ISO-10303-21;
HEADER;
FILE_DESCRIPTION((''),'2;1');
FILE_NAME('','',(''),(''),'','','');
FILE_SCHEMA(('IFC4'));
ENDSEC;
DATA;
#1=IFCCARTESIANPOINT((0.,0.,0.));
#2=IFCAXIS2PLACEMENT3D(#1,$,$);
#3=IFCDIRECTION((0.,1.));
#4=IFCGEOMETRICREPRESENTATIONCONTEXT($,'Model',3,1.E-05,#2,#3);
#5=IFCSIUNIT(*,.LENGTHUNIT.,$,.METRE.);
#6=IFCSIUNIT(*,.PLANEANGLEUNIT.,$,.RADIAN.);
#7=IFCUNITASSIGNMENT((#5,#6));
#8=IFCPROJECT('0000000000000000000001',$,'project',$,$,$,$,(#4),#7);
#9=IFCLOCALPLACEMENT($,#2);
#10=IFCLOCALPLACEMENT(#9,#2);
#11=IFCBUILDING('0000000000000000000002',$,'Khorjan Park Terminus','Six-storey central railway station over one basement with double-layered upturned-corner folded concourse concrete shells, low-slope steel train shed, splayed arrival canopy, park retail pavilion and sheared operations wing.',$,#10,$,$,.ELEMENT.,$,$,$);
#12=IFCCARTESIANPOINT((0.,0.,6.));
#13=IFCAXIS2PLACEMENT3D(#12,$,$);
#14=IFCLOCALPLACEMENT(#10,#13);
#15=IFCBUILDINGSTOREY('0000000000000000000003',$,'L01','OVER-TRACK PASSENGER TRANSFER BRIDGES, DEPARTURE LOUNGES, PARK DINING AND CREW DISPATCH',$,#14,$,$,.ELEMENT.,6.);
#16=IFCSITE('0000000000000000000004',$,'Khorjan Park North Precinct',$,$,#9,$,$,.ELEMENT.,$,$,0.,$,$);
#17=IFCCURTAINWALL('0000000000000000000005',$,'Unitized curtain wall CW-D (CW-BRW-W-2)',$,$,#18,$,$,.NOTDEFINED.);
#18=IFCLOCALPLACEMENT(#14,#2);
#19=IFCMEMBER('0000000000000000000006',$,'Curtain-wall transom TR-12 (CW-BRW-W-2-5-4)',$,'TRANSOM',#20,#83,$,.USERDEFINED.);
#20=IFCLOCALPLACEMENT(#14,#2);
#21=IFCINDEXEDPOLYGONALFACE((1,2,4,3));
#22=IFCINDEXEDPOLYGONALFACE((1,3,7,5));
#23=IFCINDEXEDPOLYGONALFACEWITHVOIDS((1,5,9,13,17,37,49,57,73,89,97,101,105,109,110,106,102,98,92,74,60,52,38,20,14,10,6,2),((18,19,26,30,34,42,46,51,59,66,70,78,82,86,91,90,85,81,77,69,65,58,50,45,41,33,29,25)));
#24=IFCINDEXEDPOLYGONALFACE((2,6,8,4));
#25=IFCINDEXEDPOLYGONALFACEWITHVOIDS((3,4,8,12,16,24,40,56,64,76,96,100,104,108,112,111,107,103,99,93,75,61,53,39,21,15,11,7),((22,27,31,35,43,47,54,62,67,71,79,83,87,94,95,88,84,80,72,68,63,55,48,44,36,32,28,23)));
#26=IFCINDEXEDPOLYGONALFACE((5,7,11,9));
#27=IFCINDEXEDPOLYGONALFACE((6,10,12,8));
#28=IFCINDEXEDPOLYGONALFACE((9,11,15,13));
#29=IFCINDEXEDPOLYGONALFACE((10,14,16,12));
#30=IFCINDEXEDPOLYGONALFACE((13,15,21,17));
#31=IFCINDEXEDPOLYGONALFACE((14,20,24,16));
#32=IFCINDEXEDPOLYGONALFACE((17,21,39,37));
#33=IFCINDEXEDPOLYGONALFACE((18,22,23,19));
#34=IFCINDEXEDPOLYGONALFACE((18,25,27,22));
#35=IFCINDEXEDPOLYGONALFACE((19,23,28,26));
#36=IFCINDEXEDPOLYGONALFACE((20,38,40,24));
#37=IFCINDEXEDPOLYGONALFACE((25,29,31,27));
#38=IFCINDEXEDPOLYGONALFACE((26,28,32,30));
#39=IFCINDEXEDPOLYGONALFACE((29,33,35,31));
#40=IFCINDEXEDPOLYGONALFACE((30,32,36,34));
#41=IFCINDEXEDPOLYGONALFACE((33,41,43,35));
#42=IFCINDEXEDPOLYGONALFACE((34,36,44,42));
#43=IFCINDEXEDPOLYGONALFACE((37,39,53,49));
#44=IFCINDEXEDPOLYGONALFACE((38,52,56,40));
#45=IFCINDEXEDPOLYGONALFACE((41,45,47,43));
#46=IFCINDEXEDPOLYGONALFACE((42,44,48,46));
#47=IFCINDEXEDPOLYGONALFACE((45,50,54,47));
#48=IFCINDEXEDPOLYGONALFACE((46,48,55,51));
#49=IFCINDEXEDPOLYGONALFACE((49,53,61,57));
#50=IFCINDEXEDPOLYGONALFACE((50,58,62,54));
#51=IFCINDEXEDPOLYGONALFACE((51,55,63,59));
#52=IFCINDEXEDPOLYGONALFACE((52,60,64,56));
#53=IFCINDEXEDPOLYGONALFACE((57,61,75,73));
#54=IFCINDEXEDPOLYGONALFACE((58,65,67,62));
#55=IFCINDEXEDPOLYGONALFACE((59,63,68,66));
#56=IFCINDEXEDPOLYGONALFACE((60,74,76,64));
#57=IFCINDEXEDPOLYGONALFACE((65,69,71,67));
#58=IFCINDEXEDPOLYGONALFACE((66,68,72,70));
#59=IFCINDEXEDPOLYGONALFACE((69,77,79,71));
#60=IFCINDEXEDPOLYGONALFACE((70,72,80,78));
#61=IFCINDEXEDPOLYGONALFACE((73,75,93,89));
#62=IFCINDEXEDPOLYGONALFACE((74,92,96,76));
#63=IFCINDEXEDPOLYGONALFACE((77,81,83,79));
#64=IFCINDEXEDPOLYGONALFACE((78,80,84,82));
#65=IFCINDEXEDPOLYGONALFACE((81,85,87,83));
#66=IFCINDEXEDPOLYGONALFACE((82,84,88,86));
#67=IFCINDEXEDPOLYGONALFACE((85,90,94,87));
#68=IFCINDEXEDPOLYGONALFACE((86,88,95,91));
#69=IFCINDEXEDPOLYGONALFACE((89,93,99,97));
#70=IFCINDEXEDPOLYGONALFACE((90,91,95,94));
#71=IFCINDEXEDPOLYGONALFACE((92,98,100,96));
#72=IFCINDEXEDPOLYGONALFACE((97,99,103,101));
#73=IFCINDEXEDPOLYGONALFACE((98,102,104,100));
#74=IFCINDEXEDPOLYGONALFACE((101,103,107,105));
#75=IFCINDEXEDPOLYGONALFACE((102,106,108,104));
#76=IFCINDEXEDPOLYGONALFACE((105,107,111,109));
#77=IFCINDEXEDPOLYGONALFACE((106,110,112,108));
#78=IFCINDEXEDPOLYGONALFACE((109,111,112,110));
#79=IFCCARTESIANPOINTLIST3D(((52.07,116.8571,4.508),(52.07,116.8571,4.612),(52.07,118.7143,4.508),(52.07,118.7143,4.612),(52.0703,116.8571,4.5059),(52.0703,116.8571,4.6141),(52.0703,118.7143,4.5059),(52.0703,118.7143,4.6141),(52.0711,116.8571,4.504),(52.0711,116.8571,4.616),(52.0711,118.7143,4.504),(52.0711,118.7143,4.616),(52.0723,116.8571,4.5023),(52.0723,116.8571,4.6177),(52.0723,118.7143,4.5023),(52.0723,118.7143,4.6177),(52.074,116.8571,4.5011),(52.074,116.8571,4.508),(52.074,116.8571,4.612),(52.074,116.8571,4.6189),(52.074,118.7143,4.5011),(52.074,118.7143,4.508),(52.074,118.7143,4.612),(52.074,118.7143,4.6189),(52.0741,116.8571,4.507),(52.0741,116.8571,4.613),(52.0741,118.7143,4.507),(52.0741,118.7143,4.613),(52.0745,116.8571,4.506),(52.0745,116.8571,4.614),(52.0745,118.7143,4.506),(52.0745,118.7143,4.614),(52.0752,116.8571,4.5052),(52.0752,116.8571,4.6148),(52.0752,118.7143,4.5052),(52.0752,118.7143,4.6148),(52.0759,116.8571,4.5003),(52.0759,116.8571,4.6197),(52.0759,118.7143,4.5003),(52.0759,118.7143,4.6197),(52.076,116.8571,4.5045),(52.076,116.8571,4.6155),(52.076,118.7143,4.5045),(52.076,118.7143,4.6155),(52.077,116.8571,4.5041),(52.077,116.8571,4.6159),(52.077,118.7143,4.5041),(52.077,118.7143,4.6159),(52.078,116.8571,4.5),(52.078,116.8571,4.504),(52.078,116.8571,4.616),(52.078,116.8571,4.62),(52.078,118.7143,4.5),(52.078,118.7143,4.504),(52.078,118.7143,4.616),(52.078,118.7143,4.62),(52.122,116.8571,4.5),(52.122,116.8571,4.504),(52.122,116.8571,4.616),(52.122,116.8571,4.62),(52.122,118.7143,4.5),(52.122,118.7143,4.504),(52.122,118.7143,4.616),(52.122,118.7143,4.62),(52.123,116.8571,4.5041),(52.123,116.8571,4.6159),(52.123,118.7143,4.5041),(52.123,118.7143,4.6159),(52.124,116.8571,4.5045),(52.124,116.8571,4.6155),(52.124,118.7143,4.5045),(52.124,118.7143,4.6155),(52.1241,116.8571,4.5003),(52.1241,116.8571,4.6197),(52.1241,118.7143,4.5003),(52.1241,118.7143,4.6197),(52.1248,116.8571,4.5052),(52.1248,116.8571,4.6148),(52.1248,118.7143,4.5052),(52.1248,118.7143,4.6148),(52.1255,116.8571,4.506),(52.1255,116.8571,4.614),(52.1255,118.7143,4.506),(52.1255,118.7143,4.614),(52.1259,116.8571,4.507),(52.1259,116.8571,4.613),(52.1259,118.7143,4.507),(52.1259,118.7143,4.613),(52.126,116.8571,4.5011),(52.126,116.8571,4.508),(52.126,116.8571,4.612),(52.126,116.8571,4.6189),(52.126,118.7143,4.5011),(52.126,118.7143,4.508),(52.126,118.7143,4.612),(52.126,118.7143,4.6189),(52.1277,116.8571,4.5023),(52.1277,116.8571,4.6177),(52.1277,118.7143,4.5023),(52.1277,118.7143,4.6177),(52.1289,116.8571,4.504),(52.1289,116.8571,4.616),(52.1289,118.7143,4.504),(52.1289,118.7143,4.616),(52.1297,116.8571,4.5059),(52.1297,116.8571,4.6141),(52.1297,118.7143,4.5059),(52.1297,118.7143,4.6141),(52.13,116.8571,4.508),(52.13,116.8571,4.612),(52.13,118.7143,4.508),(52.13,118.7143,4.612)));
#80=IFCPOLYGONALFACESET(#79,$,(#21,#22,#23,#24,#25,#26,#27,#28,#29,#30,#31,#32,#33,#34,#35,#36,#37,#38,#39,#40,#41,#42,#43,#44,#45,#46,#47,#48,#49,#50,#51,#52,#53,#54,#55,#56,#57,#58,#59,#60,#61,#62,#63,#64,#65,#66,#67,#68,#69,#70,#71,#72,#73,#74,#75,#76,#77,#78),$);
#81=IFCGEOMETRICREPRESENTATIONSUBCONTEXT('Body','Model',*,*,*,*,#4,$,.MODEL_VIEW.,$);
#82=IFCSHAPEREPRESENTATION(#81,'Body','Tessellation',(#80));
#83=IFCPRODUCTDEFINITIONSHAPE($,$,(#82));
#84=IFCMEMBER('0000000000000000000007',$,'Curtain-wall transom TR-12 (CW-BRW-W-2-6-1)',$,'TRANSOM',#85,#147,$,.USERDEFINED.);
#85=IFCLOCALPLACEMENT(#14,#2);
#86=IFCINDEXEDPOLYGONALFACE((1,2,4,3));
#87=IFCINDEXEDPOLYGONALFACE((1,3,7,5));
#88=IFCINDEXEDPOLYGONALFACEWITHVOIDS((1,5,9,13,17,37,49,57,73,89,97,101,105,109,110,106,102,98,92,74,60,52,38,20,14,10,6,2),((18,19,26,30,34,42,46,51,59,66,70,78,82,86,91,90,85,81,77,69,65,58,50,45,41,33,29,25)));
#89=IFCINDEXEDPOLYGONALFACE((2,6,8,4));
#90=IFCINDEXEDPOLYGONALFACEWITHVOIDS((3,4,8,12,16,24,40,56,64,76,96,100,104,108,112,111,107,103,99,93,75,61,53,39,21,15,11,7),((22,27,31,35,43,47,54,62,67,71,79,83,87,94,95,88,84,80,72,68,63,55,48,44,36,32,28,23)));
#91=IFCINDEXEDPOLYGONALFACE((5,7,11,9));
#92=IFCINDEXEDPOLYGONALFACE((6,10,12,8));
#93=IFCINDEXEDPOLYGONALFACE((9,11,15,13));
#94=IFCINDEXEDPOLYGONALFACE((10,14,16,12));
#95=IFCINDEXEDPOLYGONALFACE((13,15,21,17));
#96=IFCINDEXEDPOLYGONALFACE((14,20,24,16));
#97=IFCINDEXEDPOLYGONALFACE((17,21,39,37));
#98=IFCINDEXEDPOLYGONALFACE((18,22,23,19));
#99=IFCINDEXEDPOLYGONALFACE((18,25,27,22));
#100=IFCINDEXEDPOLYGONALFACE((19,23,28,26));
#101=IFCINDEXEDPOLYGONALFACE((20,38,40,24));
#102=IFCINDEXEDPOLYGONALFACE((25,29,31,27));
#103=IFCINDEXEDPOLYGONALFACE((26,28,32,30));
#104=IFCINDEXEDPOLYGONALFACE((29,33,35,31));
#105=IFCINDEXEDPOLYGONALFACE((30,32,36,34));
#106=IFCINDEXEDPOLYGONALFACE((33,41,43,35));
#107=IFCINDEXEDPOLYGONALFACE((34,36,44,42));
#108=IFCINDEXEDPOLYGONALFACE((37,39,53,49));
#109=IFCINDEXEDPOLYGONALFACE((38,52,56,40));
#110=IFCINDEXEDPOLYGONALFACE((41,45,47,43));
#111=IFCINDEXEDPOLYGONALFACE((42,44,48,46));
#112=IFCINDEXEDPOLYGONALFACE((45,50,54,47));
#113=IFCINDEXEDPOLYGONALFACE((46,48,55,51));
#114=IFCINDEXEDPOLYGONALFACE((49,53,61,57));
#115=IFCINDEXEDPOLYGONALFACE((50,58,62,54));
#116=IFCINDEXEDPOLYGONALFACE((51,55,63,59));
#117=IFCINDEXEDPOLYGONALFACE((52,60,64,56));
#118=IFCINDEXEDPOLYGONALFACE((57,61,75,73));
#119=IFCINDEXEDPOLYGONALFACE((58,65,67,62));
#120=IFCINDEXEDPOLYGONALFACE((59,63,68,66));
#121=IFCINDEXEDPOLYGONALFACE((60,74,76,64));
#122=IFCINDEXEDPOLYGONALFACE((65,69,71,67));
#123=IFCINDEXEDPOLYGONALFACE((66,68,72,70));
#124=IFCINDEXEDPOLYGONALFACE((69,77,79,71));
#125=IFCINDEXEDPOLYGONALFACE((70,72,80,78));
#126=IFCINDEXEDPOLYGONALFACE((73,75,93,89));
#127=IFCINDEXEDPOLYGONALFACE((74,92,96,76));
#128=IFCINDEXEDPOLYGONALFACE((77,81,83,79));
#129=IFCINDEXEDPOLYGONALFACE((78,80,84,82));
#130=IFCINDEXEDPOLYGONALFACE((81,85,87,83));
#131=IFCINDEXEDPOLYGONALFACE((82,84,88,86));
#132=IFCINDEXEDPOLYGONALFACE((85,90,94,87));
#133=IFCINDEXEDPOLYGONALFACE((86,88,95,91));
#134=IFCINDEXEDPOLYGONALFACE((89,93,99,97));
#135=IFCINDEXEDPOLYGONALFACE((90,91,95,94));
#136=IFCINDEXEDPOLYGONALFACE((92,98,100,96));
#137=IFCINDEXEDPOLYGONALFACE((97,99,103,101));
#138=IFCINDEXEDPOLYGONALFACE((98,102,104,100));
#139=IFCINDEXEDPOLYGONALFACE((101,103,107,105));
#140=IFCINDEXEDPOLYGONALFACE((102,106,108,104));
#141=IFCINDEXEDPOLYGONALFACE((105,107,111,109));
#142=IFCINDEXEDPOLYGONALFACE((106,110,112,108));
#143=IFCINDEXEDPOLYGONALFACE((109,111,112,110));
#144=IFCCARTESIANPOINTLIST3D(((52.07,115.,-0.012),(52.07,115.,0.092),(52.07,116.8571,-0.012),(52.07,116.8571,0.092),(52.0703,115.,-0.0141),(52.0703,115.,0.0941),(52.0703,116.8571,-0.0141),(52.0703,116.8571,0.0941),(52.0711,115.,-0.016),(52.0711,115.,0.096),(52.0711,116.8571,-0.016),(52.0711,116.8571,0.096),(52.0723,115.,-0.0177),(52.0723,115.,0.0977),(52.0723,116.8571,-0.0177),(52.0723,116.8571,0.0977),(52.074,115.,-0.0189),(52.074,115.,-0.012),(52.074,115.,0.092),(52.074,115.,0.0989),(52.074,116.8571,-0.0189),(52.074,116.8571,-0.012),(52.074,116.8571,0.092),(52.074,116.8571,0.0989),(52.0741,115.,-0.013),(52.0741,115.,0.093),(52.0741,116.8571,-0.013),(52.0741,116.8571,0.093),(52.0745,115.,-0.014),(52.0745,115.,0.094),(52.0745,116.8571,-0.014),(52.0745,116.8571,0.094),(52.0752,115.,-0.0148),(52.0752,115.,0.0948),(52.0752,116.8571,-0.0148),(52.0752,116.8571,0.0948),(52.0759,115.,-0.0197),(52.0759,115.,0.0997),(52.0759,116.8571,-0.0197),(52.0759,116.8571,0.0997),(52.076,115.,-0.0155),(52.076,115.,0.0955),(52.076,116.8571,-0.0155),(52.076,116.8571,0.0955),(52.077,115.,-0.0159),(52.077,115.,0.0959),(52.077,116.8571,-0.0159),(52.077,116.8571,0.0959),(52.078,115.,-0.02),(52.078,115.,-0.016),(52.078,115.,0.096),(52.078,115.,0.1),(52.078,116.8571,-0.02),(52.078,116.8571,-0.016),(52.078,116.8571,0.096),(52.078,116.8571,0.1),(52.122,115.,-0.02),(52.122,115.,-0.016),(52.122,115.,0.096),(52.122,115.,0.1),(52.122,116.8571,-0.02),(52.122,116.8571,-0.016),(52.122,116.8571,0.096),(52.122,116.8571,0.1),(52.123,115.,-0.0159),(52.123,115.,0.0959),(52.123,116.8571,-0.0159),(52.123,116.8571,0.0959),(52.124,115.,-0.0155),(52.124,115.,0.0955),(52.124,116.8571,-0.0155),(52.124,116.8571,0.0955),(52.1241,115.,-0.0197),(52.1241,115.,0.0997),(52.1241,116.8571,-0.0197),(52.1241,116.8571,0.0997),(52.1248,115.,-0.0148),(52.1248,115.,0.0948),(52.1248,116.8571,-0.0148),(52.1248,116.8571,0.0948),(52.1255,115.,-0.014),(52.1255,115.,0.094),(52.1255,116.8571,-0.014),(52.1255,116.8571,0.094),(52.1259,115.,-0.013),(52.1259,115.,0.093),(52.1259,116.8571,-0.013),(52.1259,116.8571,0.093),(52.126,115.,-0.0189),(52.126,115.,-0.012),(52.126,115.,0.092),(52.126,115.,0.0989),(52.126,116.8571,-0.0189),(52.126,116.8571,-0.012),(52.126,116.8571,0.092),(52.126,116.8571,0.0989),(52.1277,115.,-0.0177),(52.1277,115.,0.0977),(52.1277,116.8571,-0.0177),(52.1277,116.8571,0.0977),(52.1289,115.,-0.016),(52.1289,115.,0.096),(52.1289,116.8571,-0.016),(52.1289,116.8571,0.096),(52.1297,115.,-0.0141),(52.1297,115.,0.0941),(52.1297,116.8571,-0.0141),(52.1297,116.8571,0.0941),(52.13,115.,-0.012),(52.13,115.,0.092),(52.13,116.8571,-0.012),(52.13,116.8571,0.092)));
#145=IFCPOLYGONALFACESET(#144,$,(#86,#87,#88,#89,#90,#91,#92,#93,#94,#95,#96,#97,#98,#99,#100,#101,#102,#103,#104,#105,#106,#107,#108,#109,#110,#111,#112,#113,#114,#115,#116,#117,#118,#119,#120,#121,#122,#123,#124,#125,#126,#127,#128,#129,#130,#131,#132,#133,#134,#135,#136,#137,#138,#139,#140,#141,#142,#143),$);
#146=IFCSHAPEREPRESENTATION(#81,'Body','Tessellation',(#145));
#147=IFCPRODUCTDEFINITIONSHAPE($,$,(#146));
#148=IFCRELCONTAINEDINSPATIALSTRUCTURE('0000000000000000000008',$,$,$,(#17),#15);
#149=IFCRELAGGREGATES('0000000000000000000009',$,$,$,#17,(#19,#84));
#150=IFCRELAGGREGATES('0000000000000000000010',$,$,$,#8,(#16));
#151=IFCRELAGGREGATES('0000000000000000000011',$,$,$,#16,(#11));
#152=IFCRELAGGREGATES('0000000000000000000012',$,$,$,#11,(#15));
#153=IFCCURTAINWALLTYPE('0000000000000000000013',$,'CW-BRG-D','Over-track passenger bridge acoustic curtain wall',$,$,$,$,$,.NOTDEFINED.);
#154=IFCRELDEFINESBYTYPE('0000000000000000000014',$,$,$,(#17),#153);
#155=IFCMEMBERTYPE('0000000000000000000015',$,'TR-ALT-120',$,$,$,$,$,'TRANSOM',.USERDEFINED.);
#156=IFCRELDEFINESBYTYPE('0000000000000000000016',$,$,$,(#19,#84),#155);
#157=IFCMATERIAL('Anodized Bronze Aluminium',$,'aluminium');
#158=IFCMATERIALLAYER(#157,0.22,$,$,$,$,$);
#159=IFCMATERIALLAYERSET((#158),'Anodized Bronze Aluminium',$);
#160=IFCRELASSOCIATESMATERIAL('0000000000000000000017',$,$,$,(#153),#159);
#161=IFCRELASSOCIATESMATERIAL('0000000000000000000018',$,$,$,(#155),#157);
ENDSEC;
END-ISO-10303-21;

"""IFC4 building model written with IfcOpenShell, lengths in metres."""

from ifc_helpers import new_model, si_unit, direction, frame, origin, origin_2d, place, context, subcontext, project, spatial, hollow_rectangle, extrude, material, layer, layer_set, material_profile, profile_set, type_object, element, aggregate, save


model = new_model("IFC4")

# Units and contexts
model_context = context("Model", 3, precision=1e-05, world=origin(), true_north=direction((0.0, 1.0)))
body_context = subcontext(model_context, "Body", "Model", "MODEL_VIEW")
ifc_project = project(units=[si_unit("LENGTHUNIT", "METRE"), si_unit("PLANEANGLEUNIT", "RADIAN")], contexts=[model_context])

# Site, building, storey
site_placement = place(None, origin())
site = spatial("IfcSite", under=ifc_project, at=site_placement, Name="Khorjan Park North Precinct", CompositionType="ELEMENT", RefElevation=0.0)
building_placement = place(site_placement, origin())
building = spatial("IfcBuilding", under=site, at=building_placement, Name="Khorjan Park Terminus", Description="Six-storey central railway station over one basement with double-layered upturned-corner folded concourse concrete shells, low-slope steel train shed, splayed arrival canopy, park retail pavilion and sheared operations wing.", CompositionType="ELEMENT")
storey_placement = place(building_placement, frame((0.0, 0.0, 6.0)))
storey = spatial("IfcBuildingStorey", under=building, at=storey_placement, Name="L01", Description="OVER-TRACK PASSENGER TRANSFER BRIDGES, DEPARTURE LOUNGES, PARK DINING AND CREW DISPATCH", CompositionType="ELEMENT", Elevation=6.0)

# Curtain wall, members
ifc_material_1 = material(Name="Anodized Bronze Aluminium", Category="aluminium")
ifc_layer_1 = layer(ifc_material_1, 0.22)
ifc_layer_set_1 = layer_set([ifc_layer_1], Name="Anodized Bronze Aluminium")
curtain_wall_type = type_object("IfcCurtainWallType", Name="CW-BRG-D", Description="Over-track passenger bridge acoustic curtain wall", PredefinedType="NOTDEFINED", material=ifc_layer_set_1)
curtain_wall_placement = place(storey_placement, origin())
curtain_wall = element("IfcCurtainWall", 1, at=curtain_wall_placement, inside=storey, type_object=curtain_wall_type, Name="Unitized curtain wall CW-D (CW-BRW-W-2)", PredefinedType="NOTDEFINED")
ifc_material_profile_1 = material_profile(ifc_material_1, hollow_rectangle(XDim=0.06, YDim=0.12, WallThickness=0.004, InnerFilletRadius=0.004, OuterFilletRadius=0.008, at=origin_2d()), Name="ALT 60x120x4")
ifc_profile_set_1 = profile_set([ifc_material_profile_1], Name="Anodized Bronze Aluminium")
member_type_1 = type_object("IfcMemberType", Name="TR-ALT-120", ElementType="TRANSOM", PredefinedType="USERDEFINED", material=ifc_profile_set_1)
member_1_placement = place(storey_placement, frame((52.1, 118.7143, 4.56), z_axis=(0.0, -1.0, 0.0), x_axis=(1.0, 0.0, 0.0)))
member_1 = element("IfcMember", 2, at=member_1_placement, type_object=member_type_1, Name="Curtain-wall transom TR-12 (CW-BRW-W-2-5-4)", ObjectType="TRANSOM", PredefinedType="USERDEFINED", context=body_context, shape_type="SweptSolid", body=[
    extrude(hollow_rectangle(XDim=0.06, YDim=0.12, WallThickness=0.004, InnerFilletRadius=0.004, OuterFilletRadius=0.008, at=origin_2d()), origin(), (0.0, 0.0, 1.0), 1.8572),
])
member_2_placement = place(storey_placement, frame((52.1, 116.8571, 0.04), z_axis=(0.0, -1.0, 0.0), x_axis=(1.0, 0.0, 0.0)))
member_2 = element("IfcMember", 3, at=member_2_placement, type_object=member_type_1, Name="Curtain-wall transom TR-12 (CW-BRW-W-2-6-1)", ObjectType="TRANSOM", PredefinedType="USERDEFINED", context=body_context, shape_type="SweptSolid", body=[
    extrude(hollow_rectangle(XDim=0.06, YDim=0.12, WallThickness=0.004, InnerFilletRadius=0.004, OuterFilletRadius=0.008, at=origin_2d()), origin(), (0.0, 0.0, 1.0), 1.8571),
])
aggregate(curtain_wall, [member_1, member_2])

save(model, "model.ifc")
